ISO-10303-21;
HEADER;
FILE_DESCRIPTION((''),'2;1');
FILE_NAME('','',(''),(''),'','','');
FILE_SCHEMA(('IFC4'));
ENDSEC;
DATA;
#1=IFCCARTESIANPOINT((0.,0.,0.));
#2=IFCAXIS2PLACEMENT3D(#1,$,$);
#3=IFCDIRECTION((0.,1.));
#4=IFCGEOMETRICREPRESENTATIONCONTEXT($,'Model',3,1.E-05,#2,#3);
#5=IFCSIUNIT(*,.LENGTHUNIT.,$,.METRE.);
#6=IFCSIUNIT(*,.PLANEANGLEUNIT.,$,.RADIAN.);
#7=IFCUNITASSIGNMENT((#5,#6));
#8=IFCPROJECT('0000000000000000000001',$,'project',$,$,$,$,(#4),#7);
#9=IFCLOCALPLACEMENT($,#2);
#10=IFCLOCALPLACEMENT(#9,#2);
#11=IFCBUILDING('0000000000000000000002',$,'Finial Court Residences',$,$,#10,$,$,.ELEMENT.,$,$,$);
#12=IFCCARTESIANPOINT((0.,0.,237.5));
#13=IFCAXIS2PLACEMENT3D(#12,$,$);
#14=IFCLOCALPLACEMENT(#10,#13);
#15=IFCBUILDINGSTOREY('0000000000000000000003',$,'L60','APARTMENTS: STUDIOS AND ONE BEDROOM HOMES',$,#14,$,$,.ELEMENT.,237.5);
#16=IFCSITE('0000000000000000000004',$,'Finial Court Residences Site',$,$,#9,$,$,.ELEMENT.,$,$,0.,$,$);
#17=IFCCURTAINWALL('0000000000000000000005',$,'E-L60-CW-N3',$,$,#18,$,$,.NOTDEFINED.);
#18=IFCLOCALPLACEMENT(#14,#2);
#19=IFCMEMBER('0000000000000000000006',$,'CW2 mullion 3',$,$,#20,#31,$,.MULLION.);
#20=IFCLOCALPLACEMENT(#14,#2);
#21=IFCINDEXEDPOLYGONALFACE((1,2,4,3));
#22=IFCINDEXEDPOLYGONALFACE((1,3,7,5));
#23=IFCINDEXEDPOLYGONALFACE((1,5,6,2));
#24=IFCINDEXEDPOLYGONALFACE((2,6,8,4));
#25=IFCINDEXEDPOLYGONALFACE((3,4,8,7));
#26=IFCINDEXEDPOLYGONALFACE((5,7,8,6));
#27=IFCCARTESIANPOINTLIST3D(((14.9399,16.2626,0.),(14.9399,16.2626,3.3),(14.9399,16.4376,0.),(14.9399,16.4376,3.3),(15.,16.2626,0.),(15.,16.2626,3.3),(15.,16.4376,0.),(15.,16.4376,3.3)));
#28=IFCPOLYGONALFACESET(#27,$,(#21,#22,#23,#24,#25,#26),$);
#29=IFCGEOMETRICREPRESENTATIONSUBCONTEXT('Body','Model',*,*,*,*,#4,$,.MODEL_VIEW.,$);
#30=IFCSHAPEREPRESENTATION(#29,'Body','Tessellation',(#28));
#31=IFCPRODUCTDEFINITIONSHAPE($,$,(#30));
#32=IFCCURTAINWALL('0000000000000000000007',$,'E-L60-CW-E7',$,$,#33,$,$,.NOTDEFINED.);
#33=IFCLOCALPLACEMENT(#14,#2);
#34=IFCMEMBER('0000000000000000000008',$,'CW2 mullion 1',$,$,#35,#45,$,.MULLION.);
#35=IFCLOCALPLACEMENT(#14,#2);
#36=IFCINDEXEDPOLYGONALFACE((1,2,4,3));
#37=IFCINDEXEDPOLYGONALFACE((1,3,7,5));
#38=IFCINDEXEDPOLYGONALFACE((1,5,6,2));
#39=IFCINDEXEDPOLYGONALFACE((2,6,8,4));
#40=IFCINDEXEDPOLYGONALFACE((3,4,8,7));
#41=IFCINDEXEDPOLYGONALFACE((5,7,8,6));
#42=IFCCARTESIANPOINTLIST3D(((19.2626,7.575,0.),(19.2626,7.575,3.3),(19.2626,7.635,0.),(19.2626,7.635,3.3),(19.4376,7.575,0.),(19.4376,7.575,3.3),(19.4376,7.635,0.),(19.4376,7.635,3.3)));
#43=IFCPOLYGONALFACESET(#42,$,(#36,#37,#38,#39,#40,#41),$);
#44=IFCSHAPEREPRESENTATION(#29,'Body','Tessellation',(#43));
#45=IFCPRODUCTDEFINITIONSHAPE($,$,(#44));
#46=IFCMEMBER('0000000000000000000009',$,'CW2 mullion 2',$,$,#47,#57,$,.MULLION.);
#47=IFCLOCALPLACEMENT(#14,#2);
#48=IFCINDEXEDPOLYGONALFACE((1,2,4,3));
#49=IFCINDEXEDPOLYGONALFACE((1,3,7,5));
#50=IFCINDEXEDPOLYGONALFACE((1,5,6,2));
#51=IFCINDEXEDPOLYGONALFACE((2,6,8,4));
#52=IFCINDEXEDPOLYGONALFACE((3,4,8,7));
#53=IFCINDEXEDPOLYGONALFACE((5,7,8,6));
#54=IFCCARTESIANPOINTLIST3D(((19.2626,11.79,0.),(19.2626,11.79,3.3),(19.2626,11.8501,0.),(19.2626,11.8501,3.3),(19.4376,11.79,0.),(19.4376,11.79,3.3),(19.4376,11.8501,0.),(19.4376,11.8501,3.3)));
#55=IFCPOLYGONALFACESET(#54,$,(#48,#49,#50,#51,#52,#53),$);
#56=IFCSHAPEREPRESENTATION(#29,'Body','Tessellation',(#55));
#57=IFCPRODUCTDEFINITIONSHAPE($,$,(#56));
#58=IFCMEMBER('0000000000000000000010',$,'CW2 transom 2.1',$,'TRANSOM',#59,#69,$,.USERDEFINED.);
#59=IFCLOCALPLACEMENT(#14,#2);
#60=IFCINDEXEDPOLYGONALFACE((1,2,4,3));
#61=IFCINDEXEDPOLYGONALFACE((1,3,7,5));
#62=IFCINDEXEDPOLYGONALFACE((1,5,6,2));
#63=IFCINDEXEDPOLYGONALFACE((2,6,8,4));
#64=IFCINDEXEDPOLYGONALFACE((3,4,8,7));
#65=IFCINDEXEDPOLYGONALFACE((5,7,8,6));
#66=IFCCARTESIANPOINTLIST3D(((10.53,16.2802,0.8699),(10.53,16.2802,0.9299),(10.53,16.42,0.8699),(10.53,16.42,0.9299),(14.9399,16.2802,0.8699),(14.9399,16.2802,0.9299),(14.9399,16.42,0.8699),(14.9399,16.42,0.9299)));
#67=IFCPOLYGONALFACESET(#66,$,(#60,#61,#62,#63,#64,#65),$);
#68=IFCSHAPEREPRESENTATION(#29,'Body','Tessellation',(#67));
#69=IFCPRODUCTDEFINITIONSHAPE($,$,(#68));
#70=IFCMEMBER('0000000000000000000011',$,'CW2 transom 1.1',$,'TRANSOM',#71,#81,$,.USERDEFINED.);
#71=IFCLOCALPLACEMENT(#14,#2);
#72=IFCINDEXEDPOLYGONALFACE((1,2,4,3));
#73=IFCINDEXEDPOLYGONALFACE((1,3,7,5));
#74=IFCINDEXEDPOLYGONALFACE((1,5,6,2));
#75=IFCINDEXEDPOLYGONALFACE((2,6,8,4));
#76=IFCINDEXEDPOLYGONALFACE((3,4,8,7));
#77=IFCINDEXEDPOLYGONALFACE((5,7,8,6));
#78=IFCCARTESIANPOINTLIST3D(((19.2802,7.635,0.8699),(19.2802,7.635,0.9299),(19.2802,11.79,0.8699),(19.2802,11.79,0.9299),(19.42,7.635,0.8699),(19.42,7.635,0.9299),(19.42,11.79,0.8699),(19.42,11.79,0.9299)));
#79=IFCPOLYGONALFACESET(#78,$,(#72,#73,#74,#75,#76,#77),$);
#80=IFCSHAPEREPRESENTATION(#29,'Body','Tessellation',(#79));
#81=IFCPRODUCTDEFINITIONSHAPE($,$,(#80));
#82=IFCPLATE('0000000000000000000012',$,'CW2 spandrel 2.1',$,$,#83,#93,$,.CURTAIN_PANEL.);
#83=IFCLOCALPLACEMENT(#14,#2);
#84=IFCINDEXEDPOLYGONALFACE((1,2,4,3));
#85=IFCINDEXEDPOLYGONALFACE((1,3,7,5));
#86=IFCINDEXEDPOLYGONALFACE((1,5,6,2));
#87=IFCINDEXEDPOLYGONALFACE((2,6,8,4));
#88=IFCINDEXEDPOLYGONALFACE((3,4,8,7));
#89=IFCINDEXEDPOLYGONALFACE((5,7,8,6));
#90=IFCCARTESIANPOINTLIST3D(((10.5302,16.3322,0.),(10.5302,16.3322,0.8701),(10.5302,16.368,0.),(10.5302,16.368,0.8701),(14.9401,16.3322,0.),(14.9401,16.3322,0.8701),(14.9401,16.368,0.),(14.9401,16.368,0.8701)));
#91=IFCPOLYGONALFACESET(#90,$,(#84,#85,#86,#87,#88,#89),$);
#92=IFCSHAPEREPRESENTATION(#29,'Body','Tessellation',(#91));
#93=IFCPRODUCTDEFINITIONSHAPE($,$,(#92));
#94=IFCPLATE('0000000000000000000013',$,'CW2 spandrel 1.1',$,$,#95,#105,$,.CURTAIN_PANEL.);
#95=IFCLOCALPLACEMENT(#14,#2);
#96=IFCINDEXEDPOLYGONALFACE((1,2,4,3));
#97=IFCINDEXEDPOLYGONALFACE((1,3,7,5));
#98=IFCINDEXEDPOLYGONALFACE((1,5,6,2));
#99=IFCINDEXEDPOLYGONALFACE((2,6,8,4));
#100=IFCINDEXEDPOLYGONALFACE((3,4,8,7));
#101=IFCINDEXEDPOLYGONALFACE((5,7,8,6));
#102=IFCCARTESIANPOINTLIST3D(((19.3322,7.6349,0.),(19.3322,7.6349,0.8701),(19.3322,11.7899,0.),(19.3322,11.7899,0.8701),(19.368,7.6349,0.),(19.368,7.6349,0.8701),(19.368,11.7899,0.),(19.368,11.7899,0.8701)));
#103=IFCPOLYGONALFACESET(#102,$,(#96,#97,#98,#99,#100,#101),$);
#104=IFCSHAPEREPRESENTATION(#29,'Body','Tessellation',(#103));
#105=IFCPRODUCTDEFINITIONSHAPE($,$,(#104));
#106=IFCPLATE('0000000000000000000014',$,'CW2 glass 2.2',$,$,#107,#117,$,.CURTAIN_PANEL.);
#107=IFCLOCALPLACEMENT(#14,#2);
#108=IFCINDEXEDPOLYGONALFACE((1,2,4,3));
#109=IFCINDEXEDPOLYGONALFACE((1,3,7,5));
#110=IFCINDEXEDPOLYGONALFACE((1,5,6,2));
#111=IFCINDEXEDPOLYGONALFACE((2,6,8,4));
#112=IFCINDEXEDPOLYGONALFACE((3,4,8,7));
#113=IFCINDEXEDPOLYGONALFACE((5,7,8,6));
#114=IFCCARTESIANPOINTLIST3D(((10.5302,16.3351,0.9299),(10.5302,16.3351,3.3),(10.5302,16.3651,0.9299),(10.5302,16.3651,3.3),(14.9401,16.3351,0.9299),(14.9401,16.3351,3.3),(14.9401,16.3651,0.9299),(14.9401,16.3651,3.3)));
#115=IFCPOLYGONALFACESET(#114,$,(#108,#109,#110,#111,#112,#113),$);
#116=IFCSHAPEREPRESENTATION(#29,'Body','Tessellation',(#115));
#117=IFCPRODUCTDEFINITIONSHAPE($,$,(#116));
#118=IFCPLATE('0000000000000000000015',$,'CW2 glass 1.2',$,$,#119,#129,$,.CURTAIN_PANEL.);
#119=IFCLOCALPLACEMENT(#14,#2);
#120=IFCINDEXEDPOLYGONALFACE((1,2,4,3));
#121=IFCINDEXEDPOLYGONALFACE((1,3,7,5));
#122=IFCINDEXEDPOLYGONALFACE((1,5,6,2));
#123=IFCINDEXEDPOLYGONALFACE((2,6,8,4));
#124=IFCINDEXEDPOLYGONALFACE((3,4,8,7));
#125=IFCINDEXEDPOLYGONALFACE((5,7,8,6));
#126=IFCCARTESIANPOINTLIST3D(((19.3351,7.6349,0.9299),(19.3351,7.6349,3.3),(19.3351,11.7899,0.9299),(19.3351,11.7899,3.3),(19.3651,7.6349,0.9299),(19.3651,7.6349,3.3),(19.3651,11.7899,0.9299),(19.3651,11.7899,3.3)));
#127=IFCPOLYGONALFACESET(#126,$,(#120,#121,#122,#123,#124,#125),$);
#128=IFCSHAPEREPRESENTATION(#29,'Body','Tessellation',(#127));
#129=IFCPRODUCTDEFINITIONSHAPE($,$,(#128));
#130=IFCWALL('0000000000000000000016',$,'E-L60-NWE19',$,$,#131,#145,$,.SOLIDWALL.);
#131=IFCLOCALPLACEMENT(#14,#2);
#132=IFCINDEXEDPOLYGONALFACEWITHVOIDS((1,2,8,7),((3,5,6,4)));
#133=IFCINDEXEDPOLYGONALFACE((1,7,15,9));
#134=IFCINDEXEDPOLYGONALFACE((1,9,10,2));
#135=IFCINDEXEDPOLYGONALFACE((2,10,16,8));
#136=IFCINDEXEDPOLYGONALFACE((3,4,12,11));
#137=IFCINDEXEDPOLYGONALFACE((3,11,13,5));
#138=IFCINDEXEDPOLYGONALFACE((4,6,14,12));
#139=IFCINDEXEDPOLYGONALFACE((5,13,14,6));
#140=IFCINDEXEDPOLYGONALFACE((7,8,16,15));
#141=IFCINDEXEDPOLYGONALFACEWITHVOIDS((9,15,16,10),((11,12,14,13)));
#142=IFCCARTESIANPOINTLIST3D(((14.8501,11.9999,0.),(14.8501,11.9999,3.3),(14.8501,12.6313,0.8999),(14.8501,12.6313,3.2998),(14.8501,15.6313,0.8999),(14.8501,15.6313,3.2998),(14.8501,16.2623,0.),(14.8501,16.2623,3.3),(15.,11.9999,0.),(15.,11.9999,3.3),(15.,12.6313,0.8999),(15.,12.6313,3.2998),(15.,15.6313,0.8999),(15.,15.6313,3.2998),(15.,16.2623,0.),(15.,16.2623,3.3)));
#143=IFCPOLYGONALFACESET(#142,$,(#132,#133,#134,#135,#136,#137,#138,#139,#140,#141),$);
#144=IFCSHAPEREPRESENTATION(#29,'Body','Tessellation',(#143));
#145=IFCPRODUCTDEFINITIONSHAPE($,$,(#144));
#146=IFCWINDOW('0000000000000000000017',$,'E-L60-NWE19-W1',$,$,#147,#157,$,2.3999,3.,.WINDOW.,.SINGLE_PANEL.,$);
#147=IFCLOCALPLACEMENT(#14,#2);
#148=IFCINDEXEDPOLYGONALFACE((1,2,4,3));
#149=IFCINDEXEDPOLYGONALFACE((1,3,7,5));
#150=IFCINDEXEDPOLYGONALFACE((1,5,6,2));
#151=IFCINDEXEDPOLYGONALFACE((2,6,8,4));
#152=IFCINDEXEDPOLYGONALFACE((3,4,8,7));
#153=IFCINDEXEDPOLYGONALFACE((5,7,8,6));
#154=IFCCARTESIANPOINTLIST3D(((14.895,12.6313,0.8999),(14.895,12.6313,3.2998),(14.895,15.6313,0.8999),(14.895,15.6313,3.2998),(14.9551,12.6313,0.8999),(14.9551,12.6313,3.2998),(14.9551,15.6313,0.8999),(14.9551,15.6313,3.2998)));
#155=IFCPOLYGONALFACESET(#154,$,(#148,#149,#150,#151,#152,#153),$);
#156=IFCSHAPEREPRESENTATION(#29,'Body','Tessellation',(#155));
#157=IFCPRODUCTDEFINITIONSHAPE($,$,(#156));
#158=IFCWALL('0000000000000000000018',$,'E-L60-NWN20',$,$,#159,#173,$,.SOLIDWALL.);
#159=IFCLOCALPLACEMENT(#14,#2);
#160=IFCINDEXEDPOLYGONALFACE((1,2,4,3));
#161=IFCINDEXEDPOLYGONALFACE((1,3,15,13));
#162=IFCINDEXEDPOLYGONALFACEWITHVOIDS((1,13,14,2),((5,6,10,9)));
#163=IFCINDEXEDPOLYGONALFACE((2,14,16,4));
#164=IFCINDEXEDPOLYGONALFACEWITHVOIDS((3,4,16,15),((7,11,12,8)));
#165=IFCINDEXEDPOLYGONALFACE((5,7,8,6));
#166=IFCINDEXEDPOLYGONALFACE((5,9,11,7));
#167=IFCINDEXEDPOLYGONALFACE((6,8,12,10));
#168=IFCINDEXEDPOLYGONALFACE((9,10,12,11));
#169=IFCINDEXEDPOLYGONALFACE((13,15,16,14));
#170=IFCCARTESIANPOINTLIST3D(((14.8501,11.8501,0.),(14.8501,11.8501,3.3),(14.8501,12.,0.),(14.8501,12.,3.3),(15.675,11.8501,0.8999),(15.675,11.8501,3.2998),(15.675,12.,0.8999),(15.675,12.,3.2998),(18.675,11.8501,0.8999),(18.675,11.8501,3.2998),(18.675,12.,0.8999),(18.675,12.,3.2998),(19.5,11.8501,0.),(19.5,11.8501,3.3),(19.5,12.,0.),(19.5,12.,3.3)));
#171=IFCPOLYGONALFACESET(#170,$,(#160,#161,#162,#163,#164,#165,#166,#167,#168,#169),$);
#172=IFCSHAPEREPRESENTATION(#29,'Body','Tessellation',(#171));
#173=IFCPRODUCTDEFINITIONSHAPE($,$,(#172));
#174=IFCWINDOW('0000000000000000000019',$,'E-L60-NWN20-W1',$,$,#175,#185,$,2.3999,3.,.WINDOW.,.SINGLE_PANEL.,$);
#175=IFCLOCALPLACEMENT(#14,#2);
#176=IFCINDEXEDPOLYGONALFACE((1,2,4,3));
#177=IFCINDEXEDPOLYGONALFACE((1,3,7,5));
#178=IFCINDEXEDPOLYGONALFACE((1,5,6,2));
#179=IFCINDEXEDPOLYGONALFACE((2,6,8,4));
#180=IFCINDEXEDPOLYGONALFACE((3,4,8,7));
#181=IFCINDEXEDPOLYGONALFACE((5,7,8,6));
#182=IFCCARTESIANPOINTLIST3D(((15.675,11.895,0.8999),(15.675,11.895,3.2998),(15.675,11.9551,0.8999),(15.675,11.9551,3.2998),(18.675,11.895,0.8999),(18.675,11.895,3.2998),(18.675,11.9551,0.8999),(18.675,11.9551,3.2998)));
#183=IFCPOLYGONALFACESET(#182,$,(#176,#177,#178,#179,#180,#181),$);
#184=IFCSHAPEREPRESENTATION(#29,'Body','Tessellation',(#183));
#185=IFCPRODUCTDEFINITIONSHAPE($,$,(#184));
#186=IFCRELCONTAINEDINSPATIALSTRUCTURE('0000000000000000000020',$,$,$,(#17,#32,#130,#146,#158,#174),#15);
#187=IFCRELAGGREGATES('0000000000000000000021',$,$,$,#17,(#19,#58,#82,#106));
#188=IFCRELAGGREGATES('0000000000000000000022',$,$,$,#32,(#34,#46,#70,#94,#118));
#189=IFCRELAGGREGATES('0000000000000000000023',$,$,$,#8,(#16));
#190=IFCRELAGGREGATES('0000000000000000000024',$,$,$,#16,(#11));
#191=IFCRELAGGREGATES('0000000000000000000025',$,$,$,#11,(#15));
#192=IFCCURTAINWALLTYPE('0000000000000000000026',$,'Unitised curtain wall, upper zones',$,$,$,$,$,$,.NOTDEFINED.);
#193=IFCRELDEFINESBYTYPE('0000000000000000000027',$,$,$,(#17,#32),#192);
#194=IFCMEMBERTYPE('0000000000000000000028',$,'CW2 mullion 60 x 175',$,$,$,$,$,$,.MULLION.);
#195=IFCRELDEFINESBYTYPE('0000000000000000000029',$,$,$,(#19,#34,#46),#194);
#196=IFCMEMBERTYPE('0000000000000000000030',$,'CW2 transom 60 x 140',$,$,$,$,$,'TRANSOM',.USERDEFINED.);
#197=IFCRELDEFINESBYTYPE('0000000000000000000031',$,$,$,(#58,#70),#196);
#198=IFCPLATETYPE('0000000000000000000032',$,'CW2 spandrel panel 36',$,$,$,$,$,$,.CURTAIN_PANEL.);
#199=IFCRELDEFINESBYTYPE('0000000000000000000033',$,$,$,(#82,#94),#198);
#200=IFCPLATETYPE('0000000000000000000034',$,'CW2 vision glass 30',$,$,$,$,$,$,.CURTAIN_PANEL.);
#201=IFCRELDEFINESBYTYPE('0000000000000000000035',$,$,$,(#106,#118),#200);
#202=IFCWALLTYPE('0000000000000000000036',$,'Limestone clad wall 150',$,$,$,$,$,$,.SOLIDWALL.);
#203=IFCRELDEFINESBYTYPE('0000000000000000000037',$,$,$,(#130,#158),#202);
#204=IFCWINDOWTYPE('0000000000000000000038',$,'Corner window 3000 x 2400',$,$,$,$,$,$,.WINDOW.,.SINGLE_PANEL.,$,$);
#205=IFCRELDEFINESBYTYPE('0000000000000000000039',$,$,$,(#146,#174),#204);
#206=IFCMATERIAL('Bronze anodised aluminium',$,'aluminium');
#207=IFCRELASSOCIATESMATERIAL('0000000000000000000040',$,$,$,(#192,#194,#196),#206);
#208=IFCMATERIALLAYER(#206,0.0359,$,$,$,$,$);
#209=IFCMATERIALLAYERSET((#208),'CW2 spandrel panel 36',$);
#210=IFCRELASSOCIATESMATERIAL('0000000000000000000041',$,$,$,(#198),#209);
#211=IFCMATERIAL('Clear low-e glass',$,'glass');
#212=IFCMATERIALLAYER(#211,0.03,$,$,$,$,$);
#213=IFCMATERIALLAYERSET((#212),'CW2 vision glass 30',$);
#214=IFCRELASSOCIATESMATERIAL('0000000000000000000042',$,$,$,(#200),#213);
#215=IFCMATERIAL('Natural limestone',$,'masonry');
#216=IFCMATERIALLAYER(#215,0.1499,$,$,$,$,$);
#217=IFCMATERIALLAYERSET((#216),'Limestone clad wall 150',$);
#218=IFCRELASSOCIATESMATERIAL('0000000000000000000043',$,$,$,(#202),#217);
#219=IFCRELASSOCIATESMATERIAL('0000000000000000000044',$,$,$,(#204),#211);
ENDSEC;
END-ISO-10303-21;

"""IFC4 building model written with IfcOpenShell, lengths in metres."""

from ifc_helpers import new_model, si_unit, direction, frame, frame_2d, origin, origin_2d, place, context, subcontext, project, spatial, rectangle, extrude, material, layer, layer_set, material_profile, profile_set, type_object, element, fill, aggregate, save


model = new_model("IFC4")

# Units and contexts
model_context = context("Model", 3, precision=1e-05, world=origin(), true_north=direction((0.0, 1.0)))
body_context = subcontext(model_context, "Body", "Model", "MODEL_VIEW")
ifc_project = project(units=[si_unit("LENGTHUNIT", "METRE"), si_unit("PLANEANGLEUNIT", "RADIAN")], contexts=[model_context])

# Site, building, storey
site_placement = place(None, origin())
site = spatial("IfcSite", under=ifc_project, at=site_placement, Name="Finial Court Residences Site", CompositionType="ELEMENT", RefElevation=0.0)
building_placement = place(site_placement, origin())
building = spatial("IfcBuilding", under=site, at=building_placement, Name="Finial Court Residences", CompositionType="ELEMENT")
storey_placement = place(building_placement, frame((0.0, 0.0, 237.5)))
storey = spatial("IfcBuildingStorey", under=building, at=storey_placement, Name="L60", Description="APARTMENTS: STUDIOS AND ONE BEDROOM HOMES", CompositionType="ELEMENT", Elevation=237.5)

# Curtain wall, member
ifc_material_1 = material(Name="Bronze anodised aluminium", Category="aluminium")
curtain_wall_type = type_object("IfcCurtainWallType", Name="Unitised curtain wall, upper zones", PredefinedType="NOTDEFINED", material=ifc_material_1)
curtain_wall_1_placement = place(storey_placement, origin())
curtain_wall_1 = element("IfcCurtainWall", 1, at=curtain_wall_1_placement, inside=storey, type_object=curtain_wall_type, Name="E-L60-CW-N3", PredefinedType="NOTDEFINED")
ifc_material_profile_1 = material_profile(ifc_material_1, rectangle(XDim=0.175, YDim=0.0601, at=origin_2d()), Name="CW2 mullion 60 x 175")
ifc_profile_set_1 = profile_set([ifc_material_profile_1], Name="Bronze anodised aluminium")
member_type_1 = type_object("IfcMemberType", Name="CW2 mullion 60 x 175", PredefinedType="MULLION", material=ifc_profile_set_1)
member_1_placement = place(storey_placement, frame((14.97, 16.3501, 0.0), z_axis=(0.0, 0.0, 1.0), x_axis=(0.0, 1.0, 0.0)))
member_1 = element("IfcMember", 2, at=member_1_placement, type_object=member_type_1, Name="CW2 mullion 3", PredefinedType="MULLION", context=body_context, shape_type="SweptSolid", body=[
    extrude(rectangle(XDim=0.175, YDim=0.0601, at=origin_2d()), origin(), (0.0, 0.0, 1.0), 3.3),
])

# Curtain wall, members
curtain_wall_2_placement = place(storey_placement, origin())
curtain_wall_2 = element("IfcCurtainWall", 3, at=curtain_wall_2_placement, inside=storey, type_object=curtain_wall_type, Name="E-L60-CW-E7", PredefinedType="NOTDEFINED")
member_2_placement = place(storey_placement, frame((19.3501, 7.605, 0.0), z_axis=(0.0, 0.0, 1.0), x_axis=(-1.0, 0.0, 0.0)))
member_2 = element("IfcMember", 4, at=member_2_placement, type_object=member_type_1, Name="CW2 mullion 1", PredefinedType="MULLION", context=body_context, shape_type="SweptSolid", body=[
    extrude(rectangle(XDim=0.175, YDim=0.0601, at=origin_2d()), origin(), (0.0, 0.0, 1.0), 3.3),
])
member_3_placement = place(storey_placement, frame((19.3501, 11.8201, 0.0), z_axis=(0.0, 0.0, 1.0), x_axis=(-1.0, 0.0, 0.0)))
member_3 = element("IfcMember", 5, at=member_3_placement, type_object=member_type_1, Name="CW2 mullion 2", PredefinedType="MULLION", context=body_context, shape_type="SweptSolid", body=[
    extrude(rectangle(XDim=0.175, YDim=0.0601, at=origin_2d()), origin(), (0.0, 0.0, 1.0), 3.3),
])

# Members
ifc_material_profile_2 = material_profile(ifc_material_1, rectangle(XDim=0.1399, YDim=0.0601, at=origin_2d()), Name="CW2 transom 60 x 140")
ifc_profile_set_2 = profile_set([ifc_material_profile_2], Name="Bronze anodised aluminium")
member_type_2 = type_object("IfcMemberType", Name="CW2 transom 60 x 140", ElementType="TRANSOM", PredefinedType="USERDEFINED", material=ifc_profile_set_2)
member_4_placement = place(storey_placement, frame((10.53, 16.3501, 0.8999), z_axis=(1.0, 0.0, 0.0), x_axis=(0.0, 1.0, 0.0)))
member_4 = element("IfcMember", 6, at=member_4_placement, type_object=member_type_2, Name="CW2 transom 2.1", ObjectType="TRANSOM", PredefinedType="USERDEFINED", context=body_context, shape_type="SweptSolid", body=[
    extrude(rectangle(XDim=0.1399, YDim=0.0601, at=origin_2d()), origin(), (0.0, 0.0, 1.0), 4.4099),
])
member_5_placement = place(storey_placement, frame((19.3501, 7.635, 0.8999), z_axis=(0.0, 1.0, 0.0), x_axis=(-1.0, 0.0, 0.0)))
member_5 = element("IfcMember", 7, at=member_5_placement, type_object=member_type_2, Name="CW2 transom 1.1", ObjectType="TRANSOM", PredefinedType="USERDEFINED", context=body_context, shape_type="SweptSolid", body=[
    extrude(rectangle(XDim=0.1399, YDim=0.0601, at=origin_2d()), origin(), (0.0, 0.0, 1.0), 4.155),
])

# Plates
ifc_layer_1 = layer(ifc_material_1, 0.0359)
ifc_layer_set_1 = layer_set([ifc_layer_1], Name="CW2 spandrel panel 36")
plate_type_1 = type_object("IfcPlateType", Name="CW2 spandrel panel 36", PredefinedType="CURTAIN_PANEL", material=ifc_layer_set_1)
plate_1_placement = place(storey_placement, frame((12.7351, 16.3501, 0.0), z_axis=(0.0, 0.0, 1.0), x_axis=(1.0, 0.0, 0.0)))
plate_1 = element("IfcPlate", 8, at=plate_1_placement, type_object=plate_type_1, Name="CW2 spandrel 2.1", PredefinedType="CURTAIN_PANEL", context=body_context, shape_type="SweptSolid", body=[
    extrude(rectangle(XDim=4.4099, YDim=0.0359, at=origin_2d()), origin(), (0.0, 0.0, 1.0), 0.8701),
])
plate_2_placement = place(storey_placement, frame((19.3501, 9.7124, 0.0), z_axis=(0.0, 0.0, 1.0), x_axis=(0.0, 1.0, 0.0)))
plate_2 = element("IfcPlate", 9, at=plate_2_placement, type_object=plate_type_1, Name="CW2 spandrel 1.1", PredefinedType="CURTAIN_PANEL", context=body_context, shape_type="SweptSolid", body=[
    extrude(rectangle(XDim=4.155, YDim=0.0359, at=origin_2d()), origin(), (0.0, 0.0, 1.0), 0.8701),
])
ifc_material_2 = material(Name="Clear low-e glass", Category="glass")
ifc_layer_2 = layer(ifc_material_2, 0.03)
ifc_layer_set_2 = layer_set([ifc_layer_2], Name="CW2 vision glass 30")
plate_type_2 = type_object("IfcPlateType", Name="CW2 vision glass 30", PredefinedType="CURTAIN_PANEL", material=ifc_layer_set_2)
plate_3_placement = place(storey_placement, frame((12.7351, 16.3501, 0.9299), z_axis=(0.0, 0.0, 1.0), x_axis=(1.0, 0.0, 0.0)))
plate_3 = element("IfcPlate", 10, at=plate_3_placement, type_object=plate_type_2, Name="CW2 glass 2.2", PredefinedType="CURTAIN_PANEL", context=body_context, shape_type="SweptSolid", body=[
    extrude(rectangle(XDim=4.4099, YDim=0.03, at=origin_2d()), origin(), (0.0, 0.0, 1.0), 2.3701),
])
aggregate(curtain_wall_1, [member_1, member_4, plate_1, plate_3])
plate_4_placement = place(storey_placement, frame((19.3501, 9.7124, 0.9299), z_axis=(0.0, 0.0, 1.0), x_axis=(0.0, 1.0, 0.0)))
plate_4 = element("IfcPlate", 11, at=plate_4_placement, type_object=plate_type_2, Name="CW2 glass 1.2", PredefinedType="CURTAIN_PANEL", context=body_context, shape_type="SweptSolid", body=[
    extrude(rectangle(XDim=4.155, YDim=0.03, at=origin_2d()), origin(), (0.0, 0.0, 1.0), 2.3701),
])
aggregate(curtain_wall_2, [member_2, member_3, member_5, plate_2, plate_4])

# Walls, openings, windows
ifc_material_3 = material(Name="Natural limestone", Category="masonry")
ifc_layer_3 = layer(ifc_material_3, 0.1499)
ifc_layer_set_3 = layer_set([ifc_layer_3], Name="Limestone clad wall 150")
wall_type = type_object("IfcWallType", Name="Limestone clad wall 150", PredefinedType="SOLIDWALL", material=ifc_layer_set_3)
wall_1_placement = place(storey_placement, frame((14.925, 16.2625, 0.0), z_axis=(0.0, 0.0, 1.0), x_axis=(0.0, -1.0, 0.0)))
wall_1 = element("IfcWall", 12, at=wall_1_placement, inside=storey, type_object=wall_type, Name="E-L60-NWE19", PredefinedType="SOLIDWALL", context=body_context, shape_type="SweptSolid", body=[
    extrude(rectangle(XDim=4.2625, YDim=0.1499, at=frame_2d((2.1313, 0.0))), origin(), (0.0, 0.0, 1.0), 3.3),
])
opening_1_placement = place(wall_1_placement, frame((0.6311, 0.0, 0.8999)))
opening_1 = element("IfcOpeningElement", 13, at=opening_1_placement, cuts=wall_1, PredefinedType="OPENING", context=body_context, shape_type="SweptSolid", body=[
    extrude(rectangle(XDim=3.0, YDim=2.3999, at=frame_2d((1.5, 1.2))), frame((0.0, 0.085, 0.0), z_axis=(0.0, -1.0, 0.0), x_axis=(1.0, 0.0, 0.0)), (0.0, 0.0, 1.0), 0.1699),
])
window_type = type_object("IfcWindowType", Name="Corner window 3000 x 2400", PartitioningType="SINGLE_PANEL", PredefinedType="WINDOW", material=ifc_material_2)
window_1_placement = place(opening_1_placement, origin())
window_1 = element("IfcWindow", 14, at=window_1_placement, inside=storey, type_object=window_type, Name="E-L60-NWE19-W1", OverallHeight=2.3999, OverallWidth=3.0, PartitioningType="SINGLE_PANEL", PredefinedType="WINDOW", context=body_context, shape_type="SweptSolid", body=[
    extrude(rectangle(XDim=3.0, YDim=2.3999, at=frame_2d((1.5, 1.2))), frame((0.0, 0.03, 0.0), z_axis=(0.0, -1.0, 0.0), x_axis=(1.0, 0.0, 0.0)), (0.0, 0.0, 1.0), 0.0601),
])
fill(opening_1, window_1)
wall_2_placement = place(storey_placement, frame((14.8501, 11.925, 0.0), z_axis=(0.0, 0.0, 1.0), x_axis=(1.0, 0.0, 0.0)))
wall_2 = element("IfcWall", 15, at=wall_2_placement, inside=storey, type_object=wall_type, Name="E-L60-NWN20", PredefinedType="SOLIDWALL", context=body_context, shape_type="SweptSolid", body=[
    extrude(rectangle(XDim=4.6499, YDim=0.1499, at=frame_2d((2.325, 0.0))), origin(), (0.0, 0.0, 1.0), 3.3),
])
opening_2_placement = place(wall_2_placement, frame((0.825, 0.0, 0.8999)))
opening_2 = element("IfcOpeningElement", 16, at=opening_2_placement, cuts=wall_2, PredefinedType="OPENING", context=body_context, shape_type="SweptSolid", body=[
    extrude(rectangle(XDim=3.0, YDim=2.3999, at=frame_2d((1.5, 1.2))), frame((0.0, 0.085, 0.0), z_axis=(0.0, -1.0, 0.0), x_axis=(1.0, 0.0, 0.0)), (0.0, 0.0, 1.0), 0.1699),
])
window_2_placement = place(opening_2_placement, origin())
window_2 = element("IfcWindow", 17, at=window_2_placement, inside=storey, type_object=window_type, Name="E-L60-NWN20-W1", OverallHeight=2.3999, OverallWidth=3.0, PartitioningType="SINGLE_PANEL", PredefinedType="WINDOW", context=body_context, shape_type="SweptSolid", body=[
    extrude(rectangle(XDim=3.0, YDim=2.3999, at=frame_2d((1.5, 1.2))), frame((0.0, 0.03, 0.0), z_axis=(0.0, -1.0, 0.0), x_axis=(1.0, 0.0, 0.0)), (0.0, 0.0, 1.0), 0.0601),
])
fill(opening_2, window_2)

save(model, "model.ifc")
